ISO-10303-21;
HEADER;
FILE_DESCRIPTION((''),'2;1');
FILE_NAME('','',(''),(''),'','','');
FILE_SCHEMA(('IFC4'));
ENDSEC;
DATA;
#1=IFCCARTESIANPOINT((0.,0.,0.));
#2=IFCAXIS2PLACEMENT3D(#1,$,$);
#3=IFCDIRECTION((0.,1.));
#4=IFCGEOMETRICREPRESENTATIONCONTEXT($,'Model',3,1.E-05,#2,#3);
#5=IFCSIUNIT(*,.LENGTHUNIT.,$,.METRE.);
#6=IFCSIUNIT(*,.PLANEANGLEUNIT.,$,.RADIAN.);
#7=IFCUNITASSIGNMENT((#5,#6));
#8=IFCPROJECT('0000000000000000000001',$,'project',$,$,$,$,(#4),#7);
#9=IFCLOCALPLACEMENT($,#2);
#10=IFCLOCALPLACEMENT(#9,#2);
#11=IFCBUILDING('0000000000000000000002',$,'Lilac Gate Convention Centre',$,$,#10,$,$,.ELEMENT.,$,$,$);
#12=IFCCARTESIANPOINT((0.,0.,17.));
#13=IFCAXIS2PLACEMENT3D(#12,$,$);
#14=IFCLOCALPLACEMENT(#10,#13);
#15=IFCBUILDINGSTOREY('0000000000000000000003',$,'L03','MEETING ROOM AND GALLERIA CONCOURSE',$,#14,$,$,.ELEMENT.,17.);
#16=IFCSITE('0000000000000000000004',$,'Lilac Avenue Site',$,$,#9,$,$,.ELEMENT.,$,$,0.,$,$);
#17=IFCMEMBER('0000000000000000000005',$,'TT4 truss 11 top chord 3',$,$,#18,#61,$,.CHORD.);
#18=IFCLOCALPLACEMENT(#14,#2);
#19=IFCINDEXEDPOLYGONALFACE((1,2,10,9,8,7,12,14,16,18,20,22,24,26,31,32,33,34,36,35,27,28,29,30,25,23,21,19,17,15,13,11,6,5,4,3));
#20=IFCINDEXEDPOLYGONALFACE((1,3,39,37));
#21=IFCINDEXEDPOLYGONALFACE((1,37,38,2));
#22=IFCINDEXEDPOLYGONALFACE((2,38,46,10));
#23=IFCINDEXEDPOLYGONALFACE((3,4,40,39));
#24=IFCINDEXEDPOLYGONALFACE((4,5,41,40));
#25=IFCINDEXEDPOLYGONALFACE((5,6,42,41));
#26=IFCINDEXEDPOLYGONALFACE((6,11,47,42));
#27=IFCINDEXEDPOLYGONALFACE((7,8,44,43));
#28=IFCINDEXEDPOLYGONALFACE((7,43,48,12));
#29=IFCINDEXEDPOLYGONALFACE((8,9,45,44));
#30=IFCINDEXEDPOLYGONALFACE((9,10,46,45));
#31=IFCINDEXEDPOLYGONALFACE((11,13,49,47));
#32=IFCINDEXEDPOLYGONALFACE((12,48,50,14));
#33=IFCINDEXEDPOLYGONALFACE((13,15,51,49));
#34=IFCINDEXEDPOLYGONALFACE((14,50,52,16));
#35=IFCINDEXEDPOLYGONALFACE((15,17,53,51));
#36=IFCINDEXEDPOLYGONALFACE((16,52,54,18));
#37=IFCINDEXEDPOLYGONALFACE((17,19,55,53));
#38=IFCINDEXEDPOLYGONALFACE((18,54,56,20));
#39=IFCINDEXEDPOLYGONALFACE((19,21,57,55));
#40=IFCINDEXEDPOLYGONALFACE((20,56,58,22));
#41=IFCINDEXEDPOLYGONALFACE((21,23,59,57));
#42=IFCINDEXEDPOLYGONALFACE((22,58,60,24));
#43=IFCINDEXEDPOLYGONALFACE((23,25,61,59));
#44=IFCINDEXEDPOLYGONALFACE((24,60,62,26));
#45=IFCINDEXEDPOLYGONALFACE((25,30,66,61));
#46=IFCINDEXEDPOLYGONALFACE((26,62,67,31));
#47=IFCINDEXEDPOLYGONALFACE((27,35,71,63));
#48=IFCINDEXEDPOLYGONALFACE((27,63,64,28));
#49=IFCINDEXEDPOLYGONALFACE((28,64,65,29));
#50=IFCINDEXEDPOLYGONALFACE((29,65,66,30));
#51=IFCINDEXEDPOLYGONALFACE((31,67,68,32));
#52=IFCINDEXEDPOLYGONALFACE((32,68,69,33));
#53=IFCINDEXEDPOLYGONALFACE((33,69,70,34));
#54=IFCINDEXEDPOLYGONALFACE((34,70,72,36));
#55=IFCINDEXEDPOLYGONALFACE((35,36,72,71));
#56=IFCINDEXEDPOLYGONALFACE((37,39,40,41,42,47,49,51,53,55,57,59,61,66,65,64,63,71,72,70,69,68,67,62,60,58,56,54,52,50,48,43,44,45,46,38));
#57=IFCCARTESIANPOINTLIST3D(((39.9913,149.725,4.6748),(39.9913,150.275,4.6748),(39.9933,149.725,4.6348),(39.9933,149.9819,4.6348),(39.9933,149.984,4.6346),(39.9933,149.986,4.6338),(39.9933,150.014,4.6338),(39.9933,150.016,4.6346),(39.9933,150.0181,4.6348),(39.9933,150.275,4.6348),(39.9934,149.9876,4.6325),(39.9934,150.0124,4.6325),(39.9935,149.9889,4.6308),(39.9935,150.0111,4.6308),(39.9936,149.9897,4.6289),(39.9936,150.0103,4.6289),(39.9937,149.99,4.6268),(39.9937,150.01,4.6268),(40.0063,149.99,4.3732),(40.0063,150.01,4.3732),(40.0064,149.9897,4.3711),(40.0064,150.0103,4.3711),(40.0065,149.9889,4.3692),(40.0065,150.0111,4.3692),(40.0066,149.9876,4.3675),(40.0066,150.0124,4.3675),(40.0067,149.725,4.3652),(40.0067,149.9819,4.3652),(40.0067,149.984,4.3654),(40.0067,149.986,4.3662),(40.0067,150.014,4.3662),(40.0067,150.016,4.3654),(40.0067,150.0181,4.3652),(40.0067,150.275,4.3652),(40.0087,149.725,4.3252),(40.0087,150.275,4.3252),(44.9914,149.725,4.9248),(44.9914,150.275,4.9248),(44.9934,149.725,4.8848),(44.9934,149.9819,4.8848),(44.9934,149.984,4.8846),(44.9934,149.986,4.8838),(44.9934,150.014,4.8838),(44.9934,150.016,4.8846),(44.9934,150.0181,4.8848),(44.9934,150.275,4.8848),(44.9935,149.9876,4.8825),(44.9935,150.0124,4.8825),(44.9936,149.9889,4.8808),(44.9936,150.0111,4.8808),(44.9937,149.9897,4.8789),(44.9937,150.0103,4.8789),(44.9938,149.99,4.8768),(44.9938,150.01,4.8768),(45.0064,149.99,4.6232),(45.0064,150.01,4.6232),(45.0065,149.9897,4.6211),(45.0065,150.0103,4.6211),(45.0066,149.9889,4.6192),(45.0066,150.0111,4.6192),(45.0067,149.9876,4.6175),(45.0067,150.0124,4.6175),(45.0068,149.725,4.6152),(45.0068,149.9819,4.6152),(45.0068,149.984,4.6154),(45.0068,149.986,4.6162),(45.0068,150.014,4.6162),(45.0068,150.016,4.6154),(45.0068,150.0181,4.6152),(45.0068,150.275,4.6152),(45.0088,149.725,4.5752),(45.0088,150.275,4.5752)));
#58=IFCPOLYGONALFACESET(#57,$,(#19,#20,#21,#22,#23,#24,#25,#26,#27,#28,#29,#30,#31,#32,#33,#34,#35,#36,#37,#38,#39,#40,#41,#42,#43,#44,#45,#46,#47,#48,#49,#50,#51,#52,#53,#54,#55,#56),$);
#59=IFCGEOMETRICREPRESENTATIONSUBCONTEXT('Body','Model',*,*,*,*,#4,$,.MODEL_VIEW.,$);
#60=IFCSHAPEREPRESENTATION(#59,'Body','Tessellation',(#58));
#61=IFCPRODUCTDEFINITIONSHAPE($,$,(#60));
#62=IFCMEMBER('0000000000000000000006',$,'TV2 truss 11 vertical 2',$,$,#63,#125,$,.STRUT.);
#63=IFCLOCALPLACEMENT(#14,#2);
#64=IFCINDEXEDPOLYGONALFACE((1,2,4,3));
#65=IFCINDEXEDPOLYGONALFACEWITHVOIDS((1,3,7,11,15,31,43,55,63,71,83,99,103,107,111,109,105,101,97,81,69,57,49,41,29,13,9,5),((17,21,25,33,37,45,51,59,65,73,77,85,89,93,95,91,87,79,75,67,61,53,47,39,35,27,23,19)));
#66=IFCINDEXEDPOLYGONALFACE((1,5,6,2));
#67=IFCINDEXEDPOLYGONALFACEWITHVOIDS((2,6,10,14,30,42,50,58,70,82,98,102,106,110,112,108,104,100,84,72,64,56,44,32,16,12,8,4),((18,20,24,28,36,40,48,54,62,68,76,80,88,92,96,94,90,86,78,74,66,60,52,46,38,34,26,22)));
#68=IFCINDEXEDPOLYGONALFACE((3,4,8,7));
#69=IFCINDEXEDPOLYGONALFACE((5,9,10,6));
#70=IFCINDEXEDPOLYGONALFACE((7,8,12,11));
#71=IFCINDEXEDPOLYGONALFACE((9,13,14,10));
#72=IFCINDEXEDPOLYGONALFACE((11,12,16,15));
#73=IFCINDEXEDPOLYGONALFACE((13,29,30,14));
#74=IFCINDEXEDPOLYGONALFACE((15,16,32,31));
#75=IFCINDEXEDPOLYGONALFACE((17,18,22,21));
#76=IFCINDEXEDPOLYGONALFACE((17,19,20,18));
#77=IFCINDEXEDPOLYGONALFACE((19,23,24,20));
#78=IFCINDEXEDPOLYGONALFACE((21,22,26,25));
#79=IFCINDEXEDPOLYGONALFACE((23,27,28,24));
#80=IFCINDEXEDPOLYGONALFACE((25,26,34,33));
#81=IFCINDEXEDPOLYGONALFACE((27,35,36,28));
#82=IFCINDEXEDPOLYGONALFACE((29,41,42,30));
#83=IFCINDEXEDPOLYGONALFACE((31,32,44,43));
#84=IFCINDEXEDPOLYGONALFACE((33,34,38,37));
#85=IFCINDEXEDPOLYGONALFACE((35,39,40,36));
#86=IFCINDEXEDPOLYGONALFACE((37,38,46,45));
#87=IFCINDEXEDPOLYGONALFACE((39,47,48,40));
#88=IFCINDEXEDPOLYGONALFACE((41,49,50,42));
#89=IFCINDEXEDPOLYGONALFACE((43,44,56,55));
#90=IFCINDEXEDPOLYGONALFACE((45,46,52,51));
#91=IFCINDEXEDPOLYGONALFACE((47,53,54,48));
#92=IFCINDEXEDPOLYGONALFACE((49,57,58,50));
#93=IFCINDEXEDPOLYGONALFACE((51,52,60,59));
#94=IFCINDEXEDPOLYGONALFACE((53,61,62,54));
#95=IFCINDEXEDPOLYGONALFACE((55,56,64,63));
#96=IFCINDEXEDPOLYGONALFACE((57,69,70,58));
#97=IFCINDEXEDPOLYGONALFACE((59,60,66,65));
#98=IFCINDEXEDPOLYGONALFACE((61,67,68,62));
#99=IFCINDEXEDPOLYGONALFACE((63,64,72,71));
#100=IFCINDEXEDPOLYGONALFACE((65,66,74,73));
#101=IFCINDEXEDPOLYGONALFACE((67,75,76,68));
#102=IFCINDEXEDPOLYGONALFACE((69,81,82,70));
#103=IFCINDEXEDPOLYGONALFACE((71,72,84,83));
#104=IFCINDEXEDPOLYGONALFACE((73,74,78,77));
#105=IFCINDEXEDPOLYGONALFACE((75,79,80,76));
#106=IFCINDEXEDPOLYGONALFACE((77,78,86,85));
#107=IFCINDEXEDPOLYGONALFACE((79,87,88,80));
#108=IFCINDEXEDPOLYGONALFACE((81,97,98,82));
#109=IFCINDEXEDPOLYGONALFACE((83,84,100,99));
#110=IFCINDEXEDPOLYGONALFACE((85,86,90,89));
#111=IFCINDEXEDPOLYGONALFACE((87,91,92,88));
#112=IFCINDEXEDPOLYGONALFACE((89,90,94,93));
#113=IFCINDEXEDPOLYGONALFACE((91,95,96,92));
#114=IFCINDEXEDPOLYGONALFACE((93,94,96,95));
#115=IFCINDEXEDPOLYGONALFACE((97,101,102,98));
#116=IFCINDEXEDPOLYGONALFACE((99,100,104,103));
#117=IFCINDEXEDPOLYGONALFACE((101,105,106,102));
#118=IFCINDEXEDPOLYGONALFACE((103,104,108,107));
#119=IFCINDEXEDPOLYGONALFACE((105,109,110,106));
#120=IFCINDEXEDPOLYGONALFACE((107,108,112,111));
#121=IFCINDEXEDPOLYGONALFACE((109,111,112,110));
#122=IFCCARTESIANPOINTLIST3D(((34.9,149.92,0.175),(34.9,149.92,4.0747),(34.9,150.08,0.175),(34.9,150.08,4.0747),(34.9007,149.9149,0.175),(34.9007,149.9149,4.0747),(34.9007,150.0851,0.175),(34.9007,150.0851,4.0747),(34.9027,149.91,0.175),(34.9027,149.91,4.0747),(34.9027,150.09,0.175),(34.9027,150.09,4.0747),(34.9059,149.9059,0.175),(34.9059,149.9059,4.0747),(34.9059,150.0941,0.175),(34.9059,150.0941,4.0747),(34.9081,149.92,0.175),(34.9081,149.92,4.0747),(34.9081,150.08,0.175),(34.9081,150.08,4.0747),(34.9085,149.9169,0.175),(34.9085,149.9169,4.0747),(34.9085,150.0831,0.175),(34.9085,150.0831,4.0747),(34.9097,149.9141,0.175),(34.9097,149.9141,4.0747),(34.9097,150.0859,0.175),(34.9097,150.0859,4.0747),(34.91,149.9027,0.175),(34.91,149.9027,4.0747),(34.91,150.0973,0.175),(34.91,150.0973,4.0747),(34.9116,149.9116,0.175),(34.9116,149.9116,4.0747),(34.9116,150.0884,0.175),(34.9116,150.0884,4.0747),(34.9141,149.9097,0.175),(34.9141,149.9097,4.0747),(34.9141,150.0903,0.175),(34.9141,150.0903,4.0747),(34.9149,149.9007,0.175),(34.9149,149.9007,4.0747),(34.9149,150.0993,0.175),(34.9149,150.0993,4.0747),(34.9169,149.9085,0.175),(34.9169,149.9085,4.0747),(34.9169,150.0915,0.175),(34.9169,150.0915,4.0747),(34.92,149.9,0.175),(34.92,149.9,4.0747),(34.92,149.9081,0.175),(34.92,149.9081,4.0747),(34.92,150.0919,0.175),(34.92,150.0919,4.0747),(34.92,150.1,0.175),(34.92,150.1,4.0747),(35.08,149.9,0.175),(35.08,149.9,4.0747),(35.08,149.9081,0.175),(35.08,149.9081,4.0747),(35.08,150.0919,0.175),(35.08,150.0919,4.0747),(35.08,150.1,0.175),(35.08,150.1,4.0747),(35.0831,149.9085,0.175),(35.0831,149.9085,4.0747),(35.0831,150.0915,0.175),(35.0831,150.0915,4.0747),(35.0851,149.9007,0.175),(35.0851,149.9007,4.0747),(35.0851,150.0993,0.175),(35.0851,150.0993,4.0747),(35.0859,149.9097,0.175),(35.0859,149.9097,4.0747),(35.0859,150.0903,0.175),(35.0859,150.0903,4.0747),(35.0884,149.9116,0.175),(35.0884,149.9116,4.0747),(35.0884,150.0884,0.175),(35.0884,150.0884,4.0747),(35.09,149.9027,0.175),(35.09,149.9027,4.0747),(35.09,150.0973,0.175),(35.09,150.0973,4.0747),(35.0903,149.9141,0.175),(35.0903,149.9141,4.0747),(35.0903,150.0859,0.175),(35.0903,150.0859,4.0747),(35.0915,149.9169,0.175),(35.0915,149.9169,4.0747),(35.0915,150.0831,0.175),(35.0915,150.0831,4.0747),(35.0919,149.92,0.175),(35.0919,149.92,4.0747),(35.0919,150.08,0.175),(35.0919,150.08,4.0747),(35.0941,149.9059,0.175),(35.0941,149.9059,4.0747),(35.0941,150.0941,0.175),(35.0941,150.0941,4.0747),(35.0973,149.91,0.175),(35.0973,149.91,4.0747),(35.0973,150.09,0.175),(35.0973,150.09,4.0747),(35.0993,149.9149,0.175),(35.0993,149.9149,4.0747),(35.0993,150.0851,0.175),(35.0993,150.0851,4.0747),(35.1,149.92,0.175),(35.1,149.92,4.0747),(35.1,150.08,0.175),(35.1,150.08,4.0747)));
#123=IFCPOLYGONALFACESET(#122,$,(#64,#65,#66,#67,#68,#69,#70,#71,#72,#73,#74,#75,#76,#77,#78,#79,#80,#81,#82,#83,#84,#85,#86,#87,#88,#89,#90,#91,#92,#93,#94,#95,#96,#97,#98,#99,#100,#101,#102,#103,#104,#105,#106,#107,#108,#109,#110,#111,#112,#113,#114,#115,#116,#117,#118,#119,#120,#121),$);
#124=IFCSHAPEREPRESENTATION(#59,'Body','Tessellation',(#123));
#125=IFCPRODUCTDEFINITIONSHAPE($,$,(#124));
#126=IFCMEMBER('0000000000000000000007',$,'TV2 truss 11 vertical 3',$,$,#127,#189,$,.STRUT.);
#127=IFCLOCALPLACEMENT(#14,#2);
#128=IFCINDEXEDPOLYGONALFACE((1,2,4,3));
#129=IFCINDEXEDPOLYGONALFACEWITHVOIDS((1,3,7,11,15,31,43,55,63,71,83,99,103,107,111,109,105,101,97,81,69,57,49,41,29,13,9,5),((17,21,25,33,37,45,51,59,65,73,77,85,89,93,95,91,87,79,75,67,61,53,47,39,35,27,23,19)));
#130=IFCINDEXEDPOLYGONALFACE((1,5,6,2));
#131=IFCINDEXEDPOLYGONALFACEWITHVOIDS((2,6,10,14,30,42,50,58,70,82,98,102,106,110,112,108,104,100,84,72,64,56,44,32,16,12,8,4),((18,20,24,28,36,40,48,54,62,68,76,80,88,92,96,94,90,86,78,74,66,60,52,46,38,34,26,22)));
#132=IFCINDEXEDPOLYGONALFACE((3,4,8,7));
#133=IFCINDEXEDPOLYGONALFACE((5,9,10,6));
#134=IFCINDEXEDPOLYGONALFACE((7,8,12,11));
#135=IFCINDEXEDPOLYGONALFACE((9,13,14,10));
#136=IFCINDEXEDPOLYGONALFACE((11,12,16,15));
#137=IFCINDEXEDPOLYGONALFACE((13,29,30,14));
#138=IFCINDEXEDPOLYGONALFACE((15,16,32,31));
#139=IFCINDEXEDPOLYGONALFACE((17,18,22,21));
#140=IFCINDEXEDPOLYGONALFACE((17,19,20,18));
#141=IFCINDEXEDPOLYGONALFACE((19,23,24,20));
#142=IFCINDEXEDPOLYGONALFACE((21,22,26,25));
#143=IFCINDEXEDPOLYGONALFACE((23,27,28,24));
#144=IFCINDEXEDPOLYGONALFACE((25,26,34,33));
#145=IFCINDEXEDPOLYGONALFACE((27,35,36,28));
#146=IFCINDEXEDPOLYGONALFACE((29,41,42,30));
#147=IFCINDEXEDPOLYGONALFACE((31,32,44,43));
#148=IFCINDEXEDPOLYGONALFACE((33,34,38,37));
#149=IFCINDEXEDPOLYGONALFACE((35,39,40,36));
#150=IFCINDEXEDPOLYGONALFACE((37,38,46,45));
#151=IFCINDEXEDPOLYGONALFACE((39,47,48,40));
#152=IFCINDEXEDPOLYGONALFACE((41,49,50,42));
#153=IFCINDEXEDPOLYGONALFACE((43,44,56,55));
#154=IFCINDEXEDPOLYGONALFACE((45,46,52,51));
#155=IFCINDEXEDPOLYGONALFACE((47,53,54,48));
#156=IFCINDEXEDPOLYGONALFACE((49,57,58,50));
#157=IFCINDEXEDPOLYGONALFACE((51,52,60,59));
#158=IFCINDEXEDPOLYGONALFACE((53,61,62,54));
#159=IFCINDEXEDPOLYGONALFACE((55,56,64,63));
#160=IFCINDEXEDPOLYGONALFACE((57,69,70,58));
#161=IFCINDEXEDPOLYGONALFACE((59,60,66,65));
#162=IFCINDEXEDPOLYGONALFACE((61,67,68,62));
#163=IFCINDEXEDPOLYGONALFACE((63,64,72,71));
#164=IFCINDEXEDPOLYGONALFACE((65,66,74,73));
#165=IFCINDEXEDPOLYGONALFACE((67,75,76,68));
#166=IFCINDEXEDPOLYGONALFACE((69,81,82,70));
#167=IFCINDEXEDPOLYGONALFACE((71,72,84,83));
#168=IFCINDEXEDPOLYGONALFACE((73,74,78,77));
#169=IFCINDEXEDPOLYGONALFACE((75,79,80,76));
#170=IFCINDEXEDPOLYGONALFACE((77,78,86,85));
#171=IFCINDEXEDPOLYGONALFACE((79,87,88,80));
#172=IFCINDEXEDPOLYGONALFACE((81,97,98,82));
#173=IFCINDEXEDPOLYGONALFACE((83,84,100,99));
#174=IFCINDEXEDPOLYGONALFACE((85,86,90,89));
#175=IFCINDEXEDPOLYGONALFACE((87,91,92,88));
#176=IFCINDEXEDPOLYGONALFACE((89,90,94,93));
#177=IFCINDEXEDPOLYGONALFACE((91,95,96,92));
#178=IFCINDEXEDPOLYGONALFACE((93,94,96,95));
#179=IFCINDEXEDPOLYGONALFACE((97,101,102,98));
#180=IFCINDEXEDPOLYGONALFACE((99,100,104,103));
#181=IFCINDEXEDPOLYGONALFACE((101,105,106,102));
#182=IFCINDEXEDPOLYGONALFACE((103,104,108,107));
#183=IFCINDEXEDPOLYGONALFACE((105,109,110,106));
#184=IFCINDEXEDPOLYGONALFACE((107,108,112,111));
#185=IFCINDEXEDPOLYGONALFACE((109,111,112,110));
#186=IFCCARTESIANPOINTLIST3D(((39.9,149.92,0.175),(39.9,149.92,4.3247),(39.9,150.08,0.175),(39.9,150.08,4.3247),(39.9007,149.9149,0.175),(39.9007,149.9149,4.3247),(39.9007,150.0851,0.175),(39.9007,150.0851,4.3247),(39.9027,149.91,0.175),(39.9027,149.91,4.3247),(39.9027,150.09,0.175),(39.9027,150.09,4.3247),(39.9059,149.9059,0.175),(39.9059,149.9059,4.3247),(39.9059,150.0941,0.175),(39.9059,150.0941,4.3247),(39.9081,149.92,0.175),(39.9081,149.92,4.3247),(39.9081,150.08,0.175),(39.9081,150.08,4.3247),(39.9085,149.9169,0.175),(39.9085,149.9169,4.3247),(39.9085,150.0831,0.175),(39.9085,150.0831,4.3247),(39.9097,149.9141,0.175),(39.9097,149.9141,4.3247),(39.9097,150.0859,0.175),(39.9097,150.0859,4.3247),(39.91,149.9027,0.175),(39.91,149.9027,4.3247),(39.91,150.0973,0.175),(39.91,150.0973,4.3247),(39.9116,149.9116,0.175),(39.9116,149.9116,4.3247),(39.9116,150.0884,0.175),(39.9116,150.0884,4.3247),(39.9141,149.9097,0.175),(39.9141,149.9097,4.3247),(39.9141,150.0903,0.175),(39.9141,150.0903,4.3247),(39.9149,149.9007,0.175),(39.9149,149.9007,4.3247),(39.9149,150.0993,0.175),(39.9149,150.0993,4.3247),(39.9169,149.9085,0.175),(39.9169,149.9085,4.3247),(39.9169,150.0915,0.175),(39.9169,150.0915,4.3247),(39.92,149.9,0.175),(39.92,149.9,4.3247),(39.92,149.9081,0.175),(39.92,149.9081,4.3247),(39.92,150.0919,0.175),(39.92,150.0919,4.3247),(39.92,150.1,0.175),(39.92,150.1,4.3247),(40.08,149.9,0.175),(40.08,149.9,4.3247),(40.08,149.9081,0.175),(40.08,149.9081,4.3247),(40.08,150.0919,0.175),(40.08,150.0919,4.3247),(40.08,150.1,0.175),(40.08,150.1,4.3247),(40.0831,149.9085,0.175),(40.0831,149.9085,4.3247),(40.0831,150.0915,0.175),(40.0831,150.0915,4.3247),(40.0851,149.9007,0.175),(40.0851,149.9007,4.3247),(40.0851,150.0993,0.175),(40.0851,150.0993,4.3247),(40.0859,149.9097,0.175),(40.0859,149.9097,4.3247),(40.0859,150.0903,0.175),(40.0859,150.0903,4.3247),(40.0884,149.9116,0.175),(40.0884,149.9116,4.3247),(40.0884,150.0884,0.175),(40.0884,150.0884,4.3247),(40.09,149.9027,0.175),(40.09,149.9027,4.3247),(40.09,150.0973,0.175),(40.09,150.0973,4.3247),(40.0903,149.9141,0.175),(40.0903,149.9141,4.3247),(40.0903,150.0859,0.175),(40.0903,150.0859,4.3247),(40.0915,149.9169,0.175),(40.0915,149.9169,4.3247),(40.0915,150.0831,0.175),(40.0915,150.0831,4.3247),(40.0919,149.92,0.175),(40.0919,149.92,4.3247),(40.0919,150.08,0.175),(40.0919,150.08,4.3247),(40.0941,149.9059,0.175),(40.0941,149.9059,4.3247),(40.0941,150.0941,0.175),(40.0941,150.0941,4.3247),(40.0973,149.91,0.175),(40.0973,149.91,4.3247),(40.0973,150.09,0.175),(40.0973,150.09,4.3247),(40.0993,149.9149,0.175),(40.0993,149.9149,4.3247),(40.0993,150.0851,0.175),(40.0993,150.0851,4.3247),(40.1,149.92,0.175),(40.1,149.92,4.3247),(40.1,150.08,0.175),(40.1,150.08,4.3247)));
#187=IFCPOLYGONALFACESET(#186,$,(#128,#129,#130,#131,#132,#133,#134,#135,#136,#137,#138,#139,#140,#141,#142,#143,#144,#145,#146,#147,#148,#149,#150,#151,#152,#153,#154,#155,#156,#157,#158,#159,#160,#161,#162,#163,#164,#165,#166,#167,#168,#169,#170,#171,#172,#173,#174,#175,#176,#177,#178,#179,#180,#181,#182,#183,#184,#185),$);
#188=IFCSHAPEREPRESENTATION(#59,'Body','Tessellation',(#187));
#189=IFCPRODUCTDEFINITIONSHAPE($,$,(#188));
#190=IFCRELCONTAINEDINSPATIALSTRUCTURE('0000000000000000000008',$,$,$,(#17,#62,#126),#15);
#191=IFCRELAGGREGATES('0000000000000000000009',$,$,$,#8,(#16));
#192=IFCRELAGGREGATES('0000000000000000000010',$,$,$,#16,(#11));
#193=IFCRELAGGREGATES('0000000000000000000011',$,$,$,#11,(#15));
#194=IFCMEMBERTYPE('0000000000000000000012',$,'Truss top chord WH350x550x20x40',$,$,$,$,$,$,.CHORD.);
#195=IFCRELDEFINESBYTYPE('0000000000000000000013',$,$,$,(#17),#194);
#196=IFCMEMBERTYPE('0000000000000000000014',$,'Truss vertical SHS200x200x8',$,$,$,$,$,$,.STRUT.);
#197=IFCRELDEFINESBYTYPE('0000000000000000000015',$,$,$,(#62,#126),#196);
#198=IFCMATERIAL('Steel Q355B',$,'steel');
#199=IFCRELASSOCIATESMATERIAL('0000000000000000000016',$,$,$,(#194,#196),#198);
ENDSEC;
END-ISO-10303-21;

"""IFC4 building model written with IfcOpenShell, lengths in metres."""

from ifc_helpers import new_model, si_unit, direction, frame, origin, origin_2d, place, context, subcontext, project, spatial, hollow_rectangle, i_section, extrude, material, material_profile, profile_set, type_object, element, save


model = new_model("IFC4")

# Units and contexts
model_context = context("Model", 3, precision=1e-05, world=origin(), true_north=direction((0.0, 1.0)))
body_context = subcontext(model_context, "Body", "Model", "MODEL_VIEW")
ifc_project = project(units=[si_unit("LENGTHUNIT", "METRE"), si_unit("PLANEANGLEUNIT", "RADIAN")], contexts=[model_context])

# Site, building, storey
site_placement = place(None, origin())
site = spatial("IfcSite", under=ifc_project, at=site_placement, Name="Lilac Avenue Site", CompositionType="ELEMENT", RefElevation=0.0)
building_placement = place(site_placement, origin())
building = spatial("IfcBuilding", under=site, at=building_placement, Name="Lilac Gate Convention Centre", CompositionType="ELEMENT")
storey_placement = place(building_placement, frame((0.0, 0.0, 17.0)))
storey = spatial("IfcBuildingStorey", under=building, at=storey_placement, Name="L03", Description="MEETING ROOM AND GALLERIA CONCOURSE", CompositionType="ELEMENT", Elevation=17.0)

# Members
ifc_material = material(Name="Steel Q355B", Category="steel")
ifc_material_profile_1 = material_profile(ifc_material, i_section(OverallWidth=0.55, OverallDepth=0.3501, WebThickness=0.02, FlangeThickness=0.04, FilletRadius=0.0081, at=origin_2d()), Name="WH350x550x20x40")
ifc_profile_set_1 = profile_set([ifc_material_profile_1], Name="Steel Q355B")
member_type_1 = type_object("IfcMemberType", Name="Truss top chord WH350x550x20x40", PredefinedType="CHORD", material=ifc_profile_set_1)
member_1_placement = place(storey_placement, frame((40.0, 150.0, 4.5), z_axis=(0.998752, 0.0, 0.049938), x_axis=(0.0, 1.0, 0.0)))
element("IfcMember", 1, at=member_1_placement, inside=storey, type_object=member_type_1, Name="TT4 truss 11 top chord 3", PredefinedType="CHORD", context=body_context, shape_type="SweptSolid", body=[
    extrude(i_section(OverallWidth=0.55, OverallDepth=0.3501, WebThickness=0.02, FlangeThickness=0.04, FilletRadius=0.0081, at=origin_2d()), origin(), (0.0, 0.0, 1.0), 5.0063),
])
ifc_material_profile_2 = material_profile(ifc_material, hollow_rectangle(XDim=0.2, YDim=0.2, WallThickness=0.0081, InnerFilletRadius=0.012, OuterFilletRadius=0.02, at=origin_2d()), Name="SHS200x200x8")
ifc_profile_set_2 = profile_set([ifc_material_profile_2], Name="Steel Q355B")
member_type_2 = type_object("IfcMemberType", Name="Truss vertical SHS200x200x8", PredefinedType="STRUT", material=ifc_profile_set_2)
member_2_placement = place(storey_placement, frame((35.0, 150.0, 0.175), z_axis=(0.0, 0.0, 1.0), x_axis=(1.0, 0.0, 0.0)))
element("IfcMember", 2, at=member_2_placement, inside=storey, type_object=member_type_2, Name="TV2 truss 11 vertical 2", PredefinedType="STRUT", context=body_context, shape_type="SweptSolid", body=[
    extrude(hollow_rectangle(XDim=0.2, YDim=0.2, WallThickness=0.0081, InnerFilletRadius=0.012, OuterFilletRadius=0.02, at=origin_2d()), origin(), (0.0, 0.0, 1.0), 3.8997),
])
member_3_placement = place(storey_placement, frame((40.0, 150.0, 0.175), z_axis=(0.0, 0.0, 1.0), x_axis=(1.0, 0.0, 0.0)))
element("IfcMember", 3, at=member_3_placement, inside=storey, type_object=member_type_2, Name="TV2 truss 11 vertical 3", PredefinedType="STRUT", context=body_context, shape_type="SweptSolid", body=[
    extrude(hollow_rectangle(XDim=0.2, YDim=0.2, WallThickness=0.0081, InnerFilletRadius=0.012, OuterFilletRadius=0.02, at=origin_2d()), origin(), (0.0, 0.0, 1.0), 4.1497),
])

save(model, "model.ifc")
